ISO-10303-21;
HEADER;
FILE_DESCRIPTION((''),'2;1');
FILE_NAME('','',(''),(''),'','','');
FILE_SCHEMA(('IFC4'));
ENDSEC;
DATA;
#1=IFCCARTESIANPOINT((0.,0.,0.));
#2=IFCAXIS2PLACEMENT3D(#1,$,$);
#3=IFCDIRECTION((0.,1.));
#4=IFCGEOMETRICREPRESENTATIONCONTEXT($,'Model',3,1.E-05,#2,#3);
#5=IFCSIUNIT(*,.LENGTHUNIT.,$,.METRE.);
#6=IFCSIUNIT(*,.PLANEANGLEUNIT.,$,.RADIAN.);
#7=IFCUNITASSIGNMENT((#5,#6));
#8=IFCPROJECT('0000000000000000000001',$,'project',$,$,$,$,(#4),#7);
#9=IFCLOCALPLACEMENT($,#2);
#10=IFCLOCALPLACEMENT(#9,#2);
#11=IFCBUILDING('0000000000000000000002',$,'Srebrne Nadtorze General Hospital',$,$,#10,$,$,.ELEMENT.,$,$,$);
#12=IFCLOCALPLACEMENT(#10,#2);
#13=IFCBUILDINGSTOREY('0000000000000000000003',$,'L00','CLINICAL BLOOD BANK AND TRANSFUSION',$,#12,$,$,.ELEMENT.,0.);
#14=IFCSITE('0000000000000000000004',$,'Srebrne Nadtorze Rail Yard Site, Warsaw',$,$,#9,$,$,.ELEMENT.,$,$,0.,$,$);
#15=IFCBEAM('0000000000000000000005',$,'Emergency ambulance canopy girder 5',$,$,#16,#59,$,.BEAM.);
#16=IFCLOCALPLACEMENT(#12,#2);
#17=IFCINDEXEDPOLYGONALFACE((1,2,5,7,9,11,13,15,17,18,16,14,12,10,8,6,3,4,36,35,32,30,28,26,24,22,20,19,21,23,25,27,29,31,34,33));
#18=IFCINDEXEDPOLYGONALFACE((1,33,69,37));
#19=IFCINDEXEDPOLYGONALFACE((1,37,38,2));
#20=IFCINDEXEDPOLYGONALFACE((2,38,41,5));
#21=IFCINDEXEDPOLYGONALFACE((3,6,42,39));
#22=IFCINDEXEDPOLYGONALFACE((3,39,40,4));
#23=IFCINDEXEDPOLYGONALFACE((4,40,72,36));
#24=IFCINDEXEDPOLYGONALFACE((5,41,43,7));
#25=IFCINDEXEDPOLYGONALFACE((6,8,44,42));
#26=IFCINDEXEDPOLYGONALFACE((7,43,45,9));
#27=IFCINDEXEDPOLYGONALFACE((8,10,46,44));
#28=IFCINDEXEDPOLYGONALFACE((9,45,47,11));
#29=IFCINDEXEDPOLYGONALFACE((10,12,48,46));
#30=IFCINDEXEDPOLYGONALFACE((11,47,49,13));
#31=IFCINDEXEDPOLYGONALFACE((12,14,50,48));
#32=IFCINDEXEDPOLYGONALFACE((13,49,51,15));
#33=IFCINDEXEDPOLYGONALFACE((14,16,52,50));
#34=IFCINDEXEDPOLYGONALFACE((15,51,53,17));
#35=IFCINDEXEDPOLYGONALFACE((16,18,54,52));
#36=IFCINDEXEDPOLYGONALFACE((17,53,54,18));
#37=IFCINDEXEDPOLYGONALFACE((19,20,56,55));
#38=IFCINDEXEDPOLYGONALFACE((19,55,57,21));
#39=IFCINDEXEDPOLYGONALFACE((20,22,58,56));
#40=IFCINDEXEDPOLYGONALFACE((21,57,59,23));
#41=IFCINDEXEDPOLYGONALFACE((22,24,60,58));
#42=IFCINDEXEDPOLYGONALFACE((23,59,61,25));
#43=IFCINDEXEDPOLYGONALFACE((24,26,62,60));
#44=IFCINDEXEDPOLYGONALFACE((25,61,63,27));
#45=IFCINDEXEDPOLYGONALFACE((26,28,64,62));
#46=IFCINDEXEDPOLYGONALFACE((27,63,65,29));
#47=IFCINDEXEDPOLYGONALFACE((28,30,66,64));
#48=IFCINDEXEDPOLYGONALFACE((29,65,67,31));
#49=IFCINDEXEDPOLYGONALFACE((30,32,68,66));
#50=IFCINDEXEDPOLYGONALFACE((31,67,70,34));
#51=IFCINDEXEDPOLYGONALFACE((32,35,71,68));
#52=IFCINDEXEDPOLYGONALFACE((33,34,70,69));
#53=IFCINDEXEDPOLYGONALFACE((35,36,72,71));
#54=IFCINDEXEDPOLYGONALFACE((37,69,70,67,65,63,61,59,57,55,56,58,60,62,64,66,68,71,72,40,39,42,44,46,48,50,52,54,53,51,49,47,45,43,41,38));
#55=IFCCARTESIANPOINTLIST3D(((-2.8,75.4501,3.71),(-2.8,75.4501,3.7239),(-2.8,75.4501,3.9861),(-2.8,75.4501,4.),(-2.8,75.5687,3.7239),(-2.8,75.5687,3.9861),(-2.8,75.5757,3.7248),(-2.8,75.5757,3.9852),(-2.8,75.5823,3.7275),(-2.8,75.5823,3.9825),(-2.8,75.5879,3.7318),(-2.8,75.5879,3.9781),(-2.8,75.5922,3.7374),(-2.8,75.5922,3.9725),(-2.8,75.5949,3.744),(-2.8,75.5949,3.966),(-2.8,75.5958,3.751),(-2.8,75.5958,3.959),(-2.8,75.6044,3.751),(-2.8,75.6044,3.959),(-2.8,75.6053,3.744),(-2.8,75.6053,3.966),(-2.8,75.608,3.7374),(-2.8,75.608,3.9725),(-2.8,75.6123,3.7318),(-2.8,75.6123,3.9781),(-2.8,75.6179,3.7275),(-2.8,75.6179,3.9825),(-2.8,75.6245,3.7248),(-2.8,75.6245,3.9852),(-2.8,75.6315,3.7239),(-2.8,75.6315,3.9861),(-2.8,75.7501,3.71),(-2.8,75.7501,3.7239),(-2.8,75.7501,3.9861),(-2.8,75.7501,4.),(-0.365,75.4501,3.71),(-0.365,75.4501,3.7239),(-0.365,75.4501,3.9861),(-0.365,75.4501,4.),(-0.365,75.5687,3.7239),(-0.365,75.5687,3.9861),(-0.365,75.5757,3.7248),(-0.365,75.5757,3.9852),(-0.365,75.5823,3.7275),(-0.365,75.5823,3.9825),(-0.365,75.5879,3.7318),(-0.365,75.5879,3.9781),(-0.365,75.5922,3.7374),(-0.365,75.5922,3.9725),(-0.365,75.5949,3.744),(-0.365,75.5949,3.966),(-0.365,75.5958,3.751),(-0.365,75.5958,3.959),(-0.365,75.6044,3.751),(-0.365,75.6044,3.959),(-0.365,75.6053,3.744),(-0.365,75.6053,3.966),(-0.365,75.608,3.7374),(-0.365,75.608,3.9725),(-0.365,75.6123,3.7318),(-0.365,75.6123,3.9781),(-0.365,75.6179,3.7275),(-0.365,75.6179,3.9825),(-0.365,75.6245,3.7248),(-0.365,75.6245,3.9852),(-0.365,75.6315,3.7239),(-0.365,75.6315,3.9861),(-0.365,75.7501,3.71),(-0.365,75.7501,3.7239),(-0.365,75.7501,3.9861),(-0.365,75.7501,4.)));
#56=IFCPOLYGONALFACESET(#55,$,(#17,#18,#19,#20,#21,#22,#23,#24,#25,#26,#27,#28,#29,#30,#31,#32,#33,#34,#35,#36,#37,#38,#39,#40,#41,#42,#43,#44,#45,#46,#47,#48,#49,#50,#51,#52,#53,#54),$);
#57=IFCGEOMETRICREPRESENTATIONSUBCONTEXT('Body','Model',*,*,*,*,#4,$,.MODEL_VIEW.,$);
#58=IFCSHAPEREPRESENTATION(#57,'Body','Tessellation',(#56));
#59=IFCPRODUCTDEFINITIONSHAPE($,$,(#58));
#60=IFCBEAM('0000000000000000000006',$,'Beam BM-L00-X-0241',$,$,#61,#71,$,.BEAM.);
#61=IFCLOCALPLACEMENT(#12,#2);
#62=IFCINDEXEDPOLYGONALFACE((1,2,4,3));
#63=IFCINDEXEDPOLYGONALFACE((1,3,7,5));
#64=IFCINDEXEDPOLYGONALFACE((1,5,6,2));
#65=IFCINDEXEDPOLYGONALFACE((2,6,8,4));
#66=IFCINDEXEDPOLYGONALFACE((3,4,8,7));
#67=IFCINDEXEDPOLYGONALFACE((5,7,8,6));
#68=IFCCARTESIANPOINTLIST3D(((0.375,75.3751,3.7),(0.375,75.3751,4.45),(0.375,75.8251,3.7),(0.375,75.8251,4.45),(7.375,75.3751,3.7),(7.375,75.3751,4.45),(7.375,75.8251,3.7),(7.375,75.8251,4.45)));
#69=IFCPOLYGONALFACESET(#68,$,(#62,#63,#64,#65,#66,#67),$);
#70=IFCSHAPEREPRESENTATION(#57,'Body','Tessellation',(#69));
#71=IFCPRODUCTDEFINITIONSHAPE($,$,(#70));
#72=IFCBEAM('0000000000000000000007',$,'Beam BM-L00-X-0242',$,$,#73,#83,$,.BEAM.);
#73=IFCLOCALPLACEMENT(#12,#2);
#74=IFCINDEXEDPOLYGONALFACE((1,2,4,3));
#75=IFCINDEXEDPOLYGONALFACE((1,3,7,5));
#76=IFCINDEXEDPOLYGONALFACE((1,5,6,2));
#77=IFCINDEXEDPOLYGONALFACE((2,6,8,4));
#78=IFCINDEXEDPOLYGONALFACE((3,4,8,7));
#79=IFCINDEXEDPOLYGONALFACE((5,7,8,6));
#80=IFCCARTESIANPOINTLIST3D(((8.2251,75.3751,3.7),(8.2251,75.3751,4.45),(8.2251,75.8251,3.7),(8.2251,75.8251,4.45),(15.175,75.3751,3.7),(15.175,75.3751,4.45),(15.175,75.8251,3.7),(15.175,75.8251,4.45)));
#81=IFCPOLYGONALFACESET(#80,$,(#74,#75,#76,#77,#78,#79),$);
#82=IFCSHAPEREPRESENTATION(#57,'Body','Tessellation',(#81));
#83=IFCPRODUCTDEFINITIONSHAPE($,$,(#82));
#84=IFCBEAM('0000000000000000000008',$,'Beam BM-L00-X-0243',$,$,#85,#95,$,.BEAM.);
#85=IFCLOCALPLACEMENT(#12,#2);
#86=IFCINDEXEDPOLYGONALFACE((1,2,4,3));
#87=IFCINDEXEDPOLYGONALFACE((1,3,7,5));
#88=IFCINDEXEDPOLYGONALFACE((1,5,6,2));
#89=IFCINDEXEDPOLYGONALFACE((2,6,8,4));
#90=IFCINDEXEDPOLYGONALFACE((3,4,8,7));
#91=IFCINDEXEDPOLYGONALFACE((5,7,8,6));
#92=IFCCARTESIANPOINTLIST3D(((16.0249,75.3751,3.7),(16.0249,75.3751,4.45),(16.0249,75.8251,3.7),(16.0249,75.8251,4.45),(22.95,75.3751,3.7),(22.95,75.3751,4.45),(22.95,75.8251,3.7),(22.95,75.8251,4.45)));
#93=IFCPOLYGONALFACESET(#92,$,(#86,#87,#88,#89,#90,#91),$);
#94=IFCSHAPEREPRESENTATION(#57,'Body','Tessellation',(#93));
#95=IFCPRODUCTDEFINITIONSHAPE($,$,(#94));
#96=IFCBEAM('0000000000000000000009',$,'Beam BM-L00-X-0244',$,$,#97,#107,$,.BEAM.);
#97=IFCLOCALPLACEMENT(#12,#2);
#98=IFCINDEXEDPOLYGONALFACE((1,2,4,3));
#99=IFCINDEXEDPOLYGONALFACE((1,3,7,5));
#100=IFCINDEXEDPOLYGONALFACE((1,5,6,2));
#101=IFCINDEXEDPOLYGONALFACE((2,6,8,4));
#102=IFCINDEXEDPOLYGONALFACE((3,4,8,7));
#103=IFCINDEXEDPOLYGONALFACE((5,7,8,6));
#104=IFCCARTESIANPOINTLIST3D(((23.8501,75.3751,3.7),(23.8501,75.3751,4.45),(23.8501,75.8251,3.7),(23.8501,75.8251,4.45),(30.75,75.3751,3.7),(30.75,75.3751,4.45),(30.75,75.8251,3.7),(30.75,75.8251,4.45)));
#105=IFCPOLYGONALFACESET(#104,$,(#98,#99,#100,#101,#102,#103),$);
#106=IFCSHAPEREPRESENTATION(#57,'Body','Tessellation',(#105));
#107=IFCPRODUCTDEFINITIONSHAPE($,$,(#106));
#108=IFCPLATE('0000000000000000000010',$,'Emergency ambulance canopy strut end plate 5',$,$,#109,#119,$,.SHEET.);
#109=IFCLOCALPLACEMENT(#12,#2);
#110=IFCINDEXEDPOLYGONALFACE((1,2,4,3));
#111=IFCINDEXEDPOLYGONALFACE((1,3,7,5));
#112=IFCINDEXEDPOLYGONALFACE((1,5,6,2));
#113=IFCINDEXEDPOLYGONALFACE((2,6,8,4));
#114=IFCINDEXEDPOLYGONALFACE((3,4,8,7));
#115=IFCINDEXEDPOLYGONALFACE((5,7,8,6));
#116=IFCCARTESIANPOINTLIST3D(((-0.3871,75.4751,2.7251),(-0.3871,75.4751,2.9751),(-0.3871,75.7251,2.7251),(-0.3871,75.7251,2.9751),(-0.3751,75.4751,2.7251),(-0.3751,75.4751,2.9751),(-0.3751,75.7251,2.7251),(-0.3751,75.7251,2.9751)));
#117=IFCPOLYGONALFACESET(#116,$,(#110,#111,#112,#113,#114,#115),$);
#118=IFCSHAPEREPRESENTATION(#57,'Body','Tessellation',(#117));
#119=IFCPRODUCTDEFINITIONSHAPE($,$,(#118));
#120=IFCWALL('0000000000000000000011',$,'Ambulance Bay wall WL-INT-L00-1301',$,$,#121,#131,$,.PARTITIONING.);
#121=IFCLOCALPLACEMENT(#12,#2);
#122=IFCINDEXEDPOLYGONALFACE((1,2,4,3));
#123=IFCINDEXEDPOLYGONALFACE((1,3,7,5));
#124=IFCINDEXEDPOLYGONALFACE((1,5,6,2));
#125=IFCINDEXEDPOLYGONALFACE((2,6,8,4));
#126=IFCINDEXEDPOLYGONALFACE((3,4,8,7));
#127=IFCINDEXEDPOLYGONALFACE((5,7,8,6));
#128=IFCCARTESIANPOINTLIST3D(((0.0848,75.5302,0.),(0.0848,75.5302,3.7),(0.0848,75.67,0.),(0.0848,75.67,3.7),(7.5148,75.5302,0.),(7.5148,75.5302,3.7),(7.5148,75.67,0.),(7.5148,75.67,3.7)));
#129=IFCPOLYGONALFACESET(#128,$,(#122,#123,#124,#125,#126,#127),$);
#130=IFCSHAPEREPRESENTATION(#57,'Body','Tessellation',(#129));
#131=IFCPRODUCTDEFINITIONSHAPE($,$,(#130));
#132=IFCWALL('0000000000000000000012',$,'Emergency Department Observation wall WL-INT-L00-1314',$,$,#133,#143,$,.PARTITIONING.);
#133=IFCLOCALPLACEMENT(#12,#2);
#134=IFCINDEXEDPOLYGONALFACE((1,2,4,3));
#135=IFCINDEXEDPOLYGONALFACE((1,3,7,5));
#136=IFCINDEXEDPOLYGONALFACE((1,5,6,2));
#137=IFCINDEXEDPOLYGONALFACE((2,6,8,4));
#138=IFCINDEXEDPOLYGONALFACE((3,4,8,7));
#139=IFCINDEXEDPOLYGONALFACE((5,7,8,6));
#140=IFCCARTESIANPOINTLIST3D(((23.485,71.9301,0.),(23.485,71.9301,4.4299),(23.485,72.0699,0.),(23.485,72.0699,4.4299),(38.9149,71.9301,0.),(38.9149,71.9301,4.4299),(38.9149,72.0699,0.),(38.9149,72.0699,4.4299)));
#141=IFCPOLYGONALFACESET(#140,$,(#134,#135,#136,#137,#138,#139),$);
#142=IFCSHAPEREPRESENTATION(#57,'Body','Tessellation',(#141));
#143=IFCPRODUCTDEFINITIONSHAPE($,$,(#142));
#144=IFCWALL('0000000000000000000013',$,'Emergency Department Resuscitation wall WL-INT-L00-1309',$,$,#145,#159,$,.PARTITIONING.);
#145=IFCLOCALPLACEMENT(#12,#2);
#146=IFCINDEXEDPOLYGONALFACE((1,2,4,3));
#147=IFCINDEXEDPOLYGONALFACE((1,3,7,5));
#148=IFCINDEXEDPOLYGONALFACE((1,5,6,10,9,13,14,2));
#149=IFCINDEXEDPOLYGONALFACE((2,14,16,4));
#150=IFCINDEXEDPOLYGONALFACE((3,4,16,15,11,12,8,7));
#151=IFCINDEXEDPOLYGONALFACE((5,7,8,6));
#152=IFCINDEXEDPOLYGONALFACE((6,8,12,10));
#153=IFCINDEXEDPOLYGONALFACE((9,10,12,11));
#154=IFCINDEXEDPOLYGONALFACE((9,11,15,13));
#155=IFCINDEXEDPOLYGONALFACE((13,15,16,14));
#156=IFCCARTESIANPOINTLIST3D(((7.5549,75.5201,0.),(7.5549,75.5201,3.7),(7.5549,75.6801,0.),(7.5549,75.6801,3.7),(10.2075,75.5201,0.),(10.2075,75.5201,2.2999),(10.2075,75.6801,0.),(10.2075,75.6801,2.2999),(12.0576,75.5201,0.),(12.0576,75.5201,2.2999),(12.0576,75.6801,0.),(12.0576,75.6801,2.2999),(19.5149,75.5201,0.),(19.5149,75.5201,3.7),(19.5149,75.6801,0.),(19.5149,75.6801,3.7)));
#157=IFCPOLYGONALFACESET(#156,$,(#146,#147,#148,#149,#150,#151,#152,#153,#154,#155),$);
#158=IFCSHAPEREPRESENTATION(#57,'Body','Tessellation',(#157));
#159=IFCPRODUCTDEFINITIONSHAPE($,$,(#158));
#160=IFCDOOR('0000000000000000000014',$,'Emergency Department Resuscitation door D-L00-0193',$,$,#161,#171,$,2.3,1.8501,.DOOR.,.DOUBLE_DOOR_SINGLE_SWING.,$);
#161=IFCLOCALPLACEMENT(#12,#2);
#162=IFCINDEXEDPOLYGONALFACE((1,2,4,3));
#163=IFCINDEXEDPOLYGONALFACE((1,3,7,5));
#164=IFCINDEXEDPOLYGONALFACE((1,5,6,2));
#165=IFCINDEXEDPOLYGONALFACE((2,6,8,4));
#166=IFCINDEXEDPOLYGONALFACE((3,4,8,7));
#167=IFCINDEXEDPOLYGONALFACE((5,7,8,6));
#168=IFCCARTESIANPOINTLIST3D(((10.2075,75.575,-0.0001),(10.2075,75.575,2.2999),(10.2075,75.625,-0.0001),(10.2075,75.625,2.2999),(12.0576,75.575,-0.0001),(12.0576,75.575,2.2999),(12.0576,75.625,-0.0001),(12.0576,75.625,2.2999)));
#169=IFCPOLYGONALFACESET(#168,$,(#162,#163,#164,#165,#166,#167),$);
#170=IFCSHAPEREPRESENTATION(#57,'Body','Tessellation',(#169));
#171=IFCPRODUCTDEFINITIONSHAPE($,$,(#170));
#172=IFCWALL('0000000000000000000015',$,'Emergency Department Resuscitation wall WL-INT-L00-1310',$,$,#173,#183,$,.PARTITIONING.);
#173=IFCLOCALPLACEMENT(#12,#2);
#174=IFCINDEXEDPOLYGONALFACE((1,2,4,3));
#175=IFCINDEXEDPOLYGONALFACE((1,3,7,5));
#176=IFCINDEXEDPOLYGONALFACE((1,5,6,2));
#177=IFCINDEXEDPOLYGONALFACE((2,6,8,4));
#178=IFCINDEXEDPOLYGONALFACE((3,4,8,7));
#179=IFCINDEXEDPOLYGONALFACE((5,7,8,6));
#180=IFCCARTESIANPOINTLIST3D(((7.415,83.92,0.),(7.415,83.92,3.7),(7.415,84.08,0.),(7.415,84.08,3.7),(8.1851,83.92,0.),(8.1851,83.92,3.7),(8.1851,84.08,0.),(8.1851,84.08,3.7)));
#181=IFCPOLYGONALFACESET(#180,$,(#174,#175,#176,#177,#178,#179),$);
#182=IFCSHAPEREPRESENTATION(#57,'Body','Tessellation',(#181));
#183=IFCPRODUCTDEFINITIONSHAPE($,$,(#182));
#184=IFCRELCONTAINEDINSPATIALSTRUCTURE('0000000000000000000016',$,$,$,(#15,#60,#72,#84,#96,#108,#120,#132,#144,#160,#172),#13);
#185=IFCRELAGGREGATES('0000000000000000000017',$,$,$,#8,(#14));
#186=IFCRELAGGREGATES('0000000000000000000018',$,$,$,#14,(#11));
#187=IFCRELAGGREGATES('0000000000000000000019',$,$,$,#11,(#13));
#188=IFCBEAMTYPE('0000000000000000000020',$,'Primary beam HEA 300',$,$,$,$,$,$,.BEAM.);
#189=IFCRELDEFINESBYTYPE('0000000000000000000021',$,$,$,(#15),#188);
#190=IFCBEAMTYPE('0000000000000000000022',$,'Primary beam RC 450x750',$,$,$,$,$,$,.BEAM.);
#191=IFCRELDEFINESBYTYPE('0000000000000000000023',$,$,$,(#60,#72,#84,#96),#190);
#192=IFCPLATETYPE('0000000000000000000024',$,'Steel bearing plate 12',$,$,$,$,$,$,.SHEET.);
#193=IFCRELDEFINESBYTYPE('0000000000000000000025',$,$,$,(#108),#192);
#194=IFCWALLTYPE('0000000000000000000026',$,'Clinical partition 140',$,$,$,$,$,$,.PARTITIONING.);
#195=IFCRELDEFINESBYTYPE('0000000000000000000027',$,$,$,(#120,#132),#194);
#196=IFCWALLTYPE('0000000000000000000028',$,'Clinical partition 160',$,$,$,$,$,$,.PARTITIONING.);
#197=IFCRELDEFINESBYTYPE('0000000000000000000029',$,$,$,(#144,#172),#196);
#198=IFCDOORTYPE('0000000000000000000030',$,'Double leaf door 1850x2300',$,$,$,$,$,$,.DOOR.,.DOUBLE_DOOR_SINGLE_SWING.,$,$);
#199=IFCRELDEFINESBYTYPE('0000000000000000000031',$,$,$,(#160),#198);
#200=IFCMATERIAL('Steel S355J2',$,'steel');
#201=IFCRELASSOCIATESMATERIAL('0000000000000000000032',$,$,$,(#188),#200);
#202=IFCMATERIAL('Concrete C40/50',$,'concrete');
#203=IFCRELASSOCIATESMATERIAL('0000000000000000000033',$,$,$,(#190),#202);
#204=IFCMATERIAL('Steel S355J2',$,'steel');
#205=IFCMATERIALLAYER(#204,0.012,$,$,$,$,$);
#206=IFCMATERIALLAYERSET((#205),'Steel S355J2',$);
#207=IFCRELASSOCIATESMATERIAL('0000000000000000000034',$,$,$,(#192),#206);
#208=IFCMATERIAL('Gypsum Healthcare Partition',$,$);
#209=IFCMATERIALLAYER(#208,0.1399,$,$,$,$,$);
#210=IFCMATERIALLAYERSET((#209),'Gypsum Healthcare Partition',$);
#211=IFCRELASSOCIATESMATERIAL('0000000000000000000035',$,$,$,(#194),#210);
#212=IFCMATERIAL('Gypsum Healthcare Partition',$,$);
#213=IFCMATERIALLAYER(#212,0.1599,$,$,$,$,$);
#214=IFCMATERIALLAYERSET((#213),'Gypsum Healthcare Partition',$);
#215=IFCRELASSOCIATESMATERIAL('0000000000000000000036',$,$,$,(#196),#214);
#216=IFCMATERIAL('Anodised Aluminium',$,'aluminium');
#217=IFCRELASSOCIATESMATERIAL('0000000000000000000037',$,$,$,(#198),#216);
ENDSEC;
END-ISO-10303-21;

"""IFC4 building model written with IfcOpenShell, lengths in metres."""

from ifc_helpers import new_model, si_unit, direction, frame, frame_2d, origin, origin_2d, place, context, subcontext, project, spatial, rectangle, i_section, extrude, material, layer, layer_set, material_profile, profile_set, type_object, element, fill, save


model = new_model("IFC4")

# Units and contexts
model_context = context("Model", 3, precision=1e-05, world=origin(), true_north=direction((0.0, 1.0)))
body_context = subcontext(model_context, "Body", "Model", "MODEL_VIEW")
ifc_project = project(units=[si_unit("LENGTHUNIT", "METRE"), si_unit("PLANEANGLEUNIT", "RADIAN")], contexts=[model_context])

# Site, building, storey
site_placement = place(None, origin())
site = spatial("IfcSite", under=ifc_project, at=site_placement, Name="Srebrne Nadtorze Rail Yard Site, Warsaw", CompositionType="ELEMENT", RefElevation=0.0)
building_placement = place(site_placement, origin())
building = spatial("IfcBuilding", under=site, at=building_placement, Name="Srebrne Nadtorze General Hospital", CompositionType="ELEMENT")
storey_placement = place(building_placement, origin())
storey = spatial("IfcBuildingStorey", under=building, at=storey_placement, Name="L00", Description="CLINICAL BLOOD BANK AND TRANSFUSION", CompositionType="ELEMENT", Elevation=0.0)

# Beams
ifc_material_1 = material(Name="Steel S355J2", Category="steel")
ifc_material_profile_1 = material_profile(ifc_material_1, i_section(OverallWidth=0.3, OverallDepth=0.29, WebThickness=0.0085, FlangeThickness=0.0139, FilletRadius=0.0271, at=origin_2d()), Name="HEA-300")
ifc_profile_set_1 = profile_set([ifc_material_profile_1], Name="Steel S355J2")
beam_type_1 = type_object("IfcBeamType", Name="Primary beam HEA 300", PredefinedType="BEAM", material=ifc_profile_set_1)
beam_1_placement = place(storey_placement, frame((-0.365, 75.6001, 3.855), z_axis=(-1.0, 0.0, 0.0), x_axis=(0.0, -1.0, 0.0)))
element("IfcBeam", 1, at=beam_1_placement, inside=storey, type_object=beam_type_1, Name="Emergency ambulance canopy girder 5", PredefinedType="BEAM", context=body_context, shape_type="SweptSolid", body=[
    extrude(i_section(OverallWidth=0.3, OverallDepth=0.29, WebThickness=0.0085, FlangeThickness=0.0139, FilletRadius=0.0271, at=origin_2d()), origin(), (0.0, 0.0, 1.0), 2.4351),
])
ifc_material_2 = material(Name="Concrete C40/50", Category="concrete")
ifc_material_profile_2 = material_profile(ifc_material_2, rectangle(XDim=0.45, YDim=0.75, at=origin_2d()), Name="RC-BM-450x750")
ifc_profile_set_2 = profile_set([ifc_material_profile_2], Name="Concrete C40/50")
beam_type_2 = type_object("IfcBeamType", Name="Primary beam RC 450x750", PredefinedType="BEAM", material=ifc_profile_set_2)
beam_2_placement = place(storey_placement, frame((0.375, 75.6001, 4.075), z_axis=(1.0, 0.0, 0.0), x_axis=(0.0, 1.0, 0.0)))
element("IfcBeam", 2, at=beam_2_placement, inside=storey, type_object=beam_type_2, Name="Beam BM-L00-X-0241", PredefinedType="BEAM", context=body_context, shape_type="SweptSolid", body=[
    extrude(rectangle(XDim=0.45, YDim=0.75, at=origin_2d()), origin(), (0.0, 0.0, 1.0), 7.0),
])
beam_3_placement = place(storey_placement, frame((8.2251, 75.6001, 4.075), z_axis=(1.0, 0.0, 0.0), x_axis=(0.0, 1.0, 0.0)))
element("IfcBeam", 3, at=beam_3_placement, inside=storey, type_object=beam_type_2, Name="Beam BM-L00-X-0242", PredefinedType="BEAM", context=body_context, shape_type="SweptSolid", body=[
    extrude(rectangle(XDim=0.45, YDim=0.75, at=origin_2d()), origin(), (0.0, 0.0, 1.0), 6.95),
])
beam_4_placement = place(storey_placement, frame((16.0249, 75.6001, 4.075), z_axis=(1.0, 0.0, 0.0), x_axis=(0.0, 1.0, 0.0)))
element("IfcBeam", 4, at=beam_4_placement, inside=storey, type_object=beam_type_2, Name="Beam BM-L00-X-0243", PredefinedType="BEAM", context=body_context, shape_type="SweptSolid", body=[
    extrude(rectangle(XDim=0.45, YDim=0.75, at=origin_2d()), origin(), (0.0, 0.0, 1.0), 6.925),
])
beam_5_placement = place(storey_placement, frame((23.8501, 75.6001, 4.075), z_axis=(1.0, 0.0, 0.0), x_axis=(0.0, 1.0, 0.0)))
element("IfcBeam", 5, at=beam_5_placement, inside=storey, type_object=beam_type_2, Name="Beam BM-L00-X-0244", PredefinedType="BEAM", context=body_context, shape_type="SweptSolid", body=[
    extrude(rectangle(XDim=0.45, YDim=0.75, at=origin_2d()), origin(), (0.0, 0.0, 1.0), 6.8999),
])

# Plate
ifc_material_3 = material(Name="Steel S355J2", Category="steel")
ifc_layer_1 = layer(ifc_material_3, 0.012)
ifc_layer_set_1 = layer_set([ifc_layer_1], Name="Steel S355J2")
plate_type = type_object("IfcPlateType", Name="Steel bearing plate 12", PredefinedType="SHEET", material=ifc_layer_set_1)
plate_placement = place(storey_placement, frame((-0.3811, 75.6001, 2.7251), z_axis=(0.0, 0.0, 1.0), x_axis=(1.0, 0.0, 0.0)))
element("IfcPlate", 6, at=plate_placement, inside=storey, type_object=plate_type, Name="Emergency ambulance canopy strut end plate 5", PredefinedType="SHEET", context=body_context, shape_type="SweptSolid", body=[
    extrude(rectangle(XDim=0.012, YDim=0.25, at=origin_2d()), origin(), (0.0, 0.0, 1.0), 0.25),
])

# Walls
ifc_material_4 = material(Name="Gypsum Healthcare Partition")
ifc_layer_2 = layer(ifc_material_4, 0.1399)
ifc_layer_set_2 = layer_set([ifc_layer_2], Name="Gypsum Healthcare Partition")
wall_type_1 = type_object("IfcWallType", Name="Clinical partition 140", PredefinedType="PARTITIONING", material=ifc_layer_set_2)
wall_1_placement = place(storey_placement, frame((0.085, 75.6001, 0.0), z_axis=(0.0, 0.0, 1.0), x_axis=(1.0, 0.0, 0.0)))
element("IfcWall", 7, at=wall_1_placement, inside=storey, type_object=wall_type_1, Name="Ambulance Bay wall WL-INT-L00-1301", PredefinedType="PARTITIONING", context=body_context, shape_type="SweptSolid", body=[
    extrude(rectangle(XDim=7.4299, YDim=0.1399, at=frame_2d((3.7148, 0.0))), origin(), (0.0, 0.0, 1.0), 3.7),
])
wall_2_placement = place(storey_placement, frame((23.4851, 72.0, 0.0), z_axis=(0.0, 0.0, 1.0), x_axis=(1.0, 0.0, 0.0)))
element("IfcWall", 8, at=wall_2_placement, inside=storey, type_object=wall_type_1, Name="Emergency Department Observation wall WL-INT-L00-1314", PredefinedType="PARTITIONING", context=body_context, shape_type="SweptSolid", body=[
    extrude(rectangle(XDim=15.4299, YDim=0.1399, at=frame_2d((7.7148, 0.0))), origin(), (0.0, 0.0, 1.0), 4.4299),
])

# Wall, opening, door
ifc_material_5 = material(Name="Gypsum Healthcare Partition")
ifc_layer_3 = layer(ifc_material_5, 0.1599)
ifc_layer_set_3 = layer_set([ifc_layer_3], Name="Gypsum Healthcare Partition")
wall_type_2 = type_object("IfcWallType", Name="Clinical partition 160", PredefinedType="PARTITIONING", material=ifc_layer_set_3)
wall_3_placement = place(storey_placement, frame((7.5549, 75.6001, 0.0), z_axis=(0.0, 0.0, 1.0), x_axis=(1.0, 0.0, 0.0)))
wall_3 = element("IfcWall", 9, at=wall_3_placement, inside=storey, type_object=wall_type_2, Name="Emergency Department Resuscitation wall WL-INT-L00-1309", PredefinedType="PARTITIONING", context=body_context, shape_type="SweptSolid", body=[
    extrude(rectangle(XDim=11.96, YDim=0.1599, at=frame_2d((5.98, 0.0))), origin(), (0.0, 0.0, 1.0), 3.7),
])
opening_1_placement = place(wall_3_placement, frame((2.6526, 0.0, 0.0)))
opening_1 = element("IfcOpeningElement", 10, at=opening_1_placement, cuts=wall_3, PredefinedType="OPENING", context=body_context, shape_type="SweptSolid", body=[
    extrude(rectangle(XDim=1.8501, YDim=2.3, at=frame_2d((0.925, 1.1499))), frame((0.0, 0.0918, 0.0), z_axis=(0.0, -1.0, 0.0), x_axis=(1.0, 0.0, 0.0)), (0.0, 0.0, 1.0), 0.1838),
])
ifc_material_6 = material(Name="Anodised Aluminium", Category="aluminium")
door_type = type_object("IfcDoorType", Name="Double leaf door 1850x2300", OperationType="DOUBLE_DOOR_SINGLE_SWING", PredefinedType="DOOR", material=ifc_material_6)
door_placement = place(opening_1_placement, origin())
door = element("IfcDoor", 11, at=door_placement, inside=storey, type_object=door_type, Name="Emergency Department Resuscitation door D-L00-0193", OperationType="DOUBLE_DOOR_SINGLE_SWING", OverallHeight=2.3, OverallWidth=1.8501, PredefinedType="DOOR", context=body_context, shape_type="SweptSolid", body=[
    extrude(rectangle(XDim=1.8501, YDim=2.3, at=frame_2d((0.925, 1.1499))), frame((0.0, 0.0249, 0.0), z_axis=(0.0, -1.0, 0.0), x_axis=(1.0, 0.0, 0.0)), (0.0, 0.0, 1.0), 0.05),
])
fill(opening_1, door)

# Wall
wall_4_placement = place(storey_placement, frame((7.415, 84.0, 0.0), z_axis=(0.0, 0.0, 1.0), x_axis=(1.0, 0.0, 0.0)))
element("IfcWall", 12, at=wall_4_placement, inside=storey, type_object=wall_type_2, Name="Emergency Department Resuscitation wall WL-INT-L00-1310", PredefinedType="PARTITIONING", context=body_context, shape_type="SweptSolid", body=[
    extrude(rectangle(XDim=0.77, YDim=0.1599, at=frame_2d((0.385, 0.0))), origin(), (0.0, 0.0, 1.0), 3.7),
])

save(model, "model.ifc")
